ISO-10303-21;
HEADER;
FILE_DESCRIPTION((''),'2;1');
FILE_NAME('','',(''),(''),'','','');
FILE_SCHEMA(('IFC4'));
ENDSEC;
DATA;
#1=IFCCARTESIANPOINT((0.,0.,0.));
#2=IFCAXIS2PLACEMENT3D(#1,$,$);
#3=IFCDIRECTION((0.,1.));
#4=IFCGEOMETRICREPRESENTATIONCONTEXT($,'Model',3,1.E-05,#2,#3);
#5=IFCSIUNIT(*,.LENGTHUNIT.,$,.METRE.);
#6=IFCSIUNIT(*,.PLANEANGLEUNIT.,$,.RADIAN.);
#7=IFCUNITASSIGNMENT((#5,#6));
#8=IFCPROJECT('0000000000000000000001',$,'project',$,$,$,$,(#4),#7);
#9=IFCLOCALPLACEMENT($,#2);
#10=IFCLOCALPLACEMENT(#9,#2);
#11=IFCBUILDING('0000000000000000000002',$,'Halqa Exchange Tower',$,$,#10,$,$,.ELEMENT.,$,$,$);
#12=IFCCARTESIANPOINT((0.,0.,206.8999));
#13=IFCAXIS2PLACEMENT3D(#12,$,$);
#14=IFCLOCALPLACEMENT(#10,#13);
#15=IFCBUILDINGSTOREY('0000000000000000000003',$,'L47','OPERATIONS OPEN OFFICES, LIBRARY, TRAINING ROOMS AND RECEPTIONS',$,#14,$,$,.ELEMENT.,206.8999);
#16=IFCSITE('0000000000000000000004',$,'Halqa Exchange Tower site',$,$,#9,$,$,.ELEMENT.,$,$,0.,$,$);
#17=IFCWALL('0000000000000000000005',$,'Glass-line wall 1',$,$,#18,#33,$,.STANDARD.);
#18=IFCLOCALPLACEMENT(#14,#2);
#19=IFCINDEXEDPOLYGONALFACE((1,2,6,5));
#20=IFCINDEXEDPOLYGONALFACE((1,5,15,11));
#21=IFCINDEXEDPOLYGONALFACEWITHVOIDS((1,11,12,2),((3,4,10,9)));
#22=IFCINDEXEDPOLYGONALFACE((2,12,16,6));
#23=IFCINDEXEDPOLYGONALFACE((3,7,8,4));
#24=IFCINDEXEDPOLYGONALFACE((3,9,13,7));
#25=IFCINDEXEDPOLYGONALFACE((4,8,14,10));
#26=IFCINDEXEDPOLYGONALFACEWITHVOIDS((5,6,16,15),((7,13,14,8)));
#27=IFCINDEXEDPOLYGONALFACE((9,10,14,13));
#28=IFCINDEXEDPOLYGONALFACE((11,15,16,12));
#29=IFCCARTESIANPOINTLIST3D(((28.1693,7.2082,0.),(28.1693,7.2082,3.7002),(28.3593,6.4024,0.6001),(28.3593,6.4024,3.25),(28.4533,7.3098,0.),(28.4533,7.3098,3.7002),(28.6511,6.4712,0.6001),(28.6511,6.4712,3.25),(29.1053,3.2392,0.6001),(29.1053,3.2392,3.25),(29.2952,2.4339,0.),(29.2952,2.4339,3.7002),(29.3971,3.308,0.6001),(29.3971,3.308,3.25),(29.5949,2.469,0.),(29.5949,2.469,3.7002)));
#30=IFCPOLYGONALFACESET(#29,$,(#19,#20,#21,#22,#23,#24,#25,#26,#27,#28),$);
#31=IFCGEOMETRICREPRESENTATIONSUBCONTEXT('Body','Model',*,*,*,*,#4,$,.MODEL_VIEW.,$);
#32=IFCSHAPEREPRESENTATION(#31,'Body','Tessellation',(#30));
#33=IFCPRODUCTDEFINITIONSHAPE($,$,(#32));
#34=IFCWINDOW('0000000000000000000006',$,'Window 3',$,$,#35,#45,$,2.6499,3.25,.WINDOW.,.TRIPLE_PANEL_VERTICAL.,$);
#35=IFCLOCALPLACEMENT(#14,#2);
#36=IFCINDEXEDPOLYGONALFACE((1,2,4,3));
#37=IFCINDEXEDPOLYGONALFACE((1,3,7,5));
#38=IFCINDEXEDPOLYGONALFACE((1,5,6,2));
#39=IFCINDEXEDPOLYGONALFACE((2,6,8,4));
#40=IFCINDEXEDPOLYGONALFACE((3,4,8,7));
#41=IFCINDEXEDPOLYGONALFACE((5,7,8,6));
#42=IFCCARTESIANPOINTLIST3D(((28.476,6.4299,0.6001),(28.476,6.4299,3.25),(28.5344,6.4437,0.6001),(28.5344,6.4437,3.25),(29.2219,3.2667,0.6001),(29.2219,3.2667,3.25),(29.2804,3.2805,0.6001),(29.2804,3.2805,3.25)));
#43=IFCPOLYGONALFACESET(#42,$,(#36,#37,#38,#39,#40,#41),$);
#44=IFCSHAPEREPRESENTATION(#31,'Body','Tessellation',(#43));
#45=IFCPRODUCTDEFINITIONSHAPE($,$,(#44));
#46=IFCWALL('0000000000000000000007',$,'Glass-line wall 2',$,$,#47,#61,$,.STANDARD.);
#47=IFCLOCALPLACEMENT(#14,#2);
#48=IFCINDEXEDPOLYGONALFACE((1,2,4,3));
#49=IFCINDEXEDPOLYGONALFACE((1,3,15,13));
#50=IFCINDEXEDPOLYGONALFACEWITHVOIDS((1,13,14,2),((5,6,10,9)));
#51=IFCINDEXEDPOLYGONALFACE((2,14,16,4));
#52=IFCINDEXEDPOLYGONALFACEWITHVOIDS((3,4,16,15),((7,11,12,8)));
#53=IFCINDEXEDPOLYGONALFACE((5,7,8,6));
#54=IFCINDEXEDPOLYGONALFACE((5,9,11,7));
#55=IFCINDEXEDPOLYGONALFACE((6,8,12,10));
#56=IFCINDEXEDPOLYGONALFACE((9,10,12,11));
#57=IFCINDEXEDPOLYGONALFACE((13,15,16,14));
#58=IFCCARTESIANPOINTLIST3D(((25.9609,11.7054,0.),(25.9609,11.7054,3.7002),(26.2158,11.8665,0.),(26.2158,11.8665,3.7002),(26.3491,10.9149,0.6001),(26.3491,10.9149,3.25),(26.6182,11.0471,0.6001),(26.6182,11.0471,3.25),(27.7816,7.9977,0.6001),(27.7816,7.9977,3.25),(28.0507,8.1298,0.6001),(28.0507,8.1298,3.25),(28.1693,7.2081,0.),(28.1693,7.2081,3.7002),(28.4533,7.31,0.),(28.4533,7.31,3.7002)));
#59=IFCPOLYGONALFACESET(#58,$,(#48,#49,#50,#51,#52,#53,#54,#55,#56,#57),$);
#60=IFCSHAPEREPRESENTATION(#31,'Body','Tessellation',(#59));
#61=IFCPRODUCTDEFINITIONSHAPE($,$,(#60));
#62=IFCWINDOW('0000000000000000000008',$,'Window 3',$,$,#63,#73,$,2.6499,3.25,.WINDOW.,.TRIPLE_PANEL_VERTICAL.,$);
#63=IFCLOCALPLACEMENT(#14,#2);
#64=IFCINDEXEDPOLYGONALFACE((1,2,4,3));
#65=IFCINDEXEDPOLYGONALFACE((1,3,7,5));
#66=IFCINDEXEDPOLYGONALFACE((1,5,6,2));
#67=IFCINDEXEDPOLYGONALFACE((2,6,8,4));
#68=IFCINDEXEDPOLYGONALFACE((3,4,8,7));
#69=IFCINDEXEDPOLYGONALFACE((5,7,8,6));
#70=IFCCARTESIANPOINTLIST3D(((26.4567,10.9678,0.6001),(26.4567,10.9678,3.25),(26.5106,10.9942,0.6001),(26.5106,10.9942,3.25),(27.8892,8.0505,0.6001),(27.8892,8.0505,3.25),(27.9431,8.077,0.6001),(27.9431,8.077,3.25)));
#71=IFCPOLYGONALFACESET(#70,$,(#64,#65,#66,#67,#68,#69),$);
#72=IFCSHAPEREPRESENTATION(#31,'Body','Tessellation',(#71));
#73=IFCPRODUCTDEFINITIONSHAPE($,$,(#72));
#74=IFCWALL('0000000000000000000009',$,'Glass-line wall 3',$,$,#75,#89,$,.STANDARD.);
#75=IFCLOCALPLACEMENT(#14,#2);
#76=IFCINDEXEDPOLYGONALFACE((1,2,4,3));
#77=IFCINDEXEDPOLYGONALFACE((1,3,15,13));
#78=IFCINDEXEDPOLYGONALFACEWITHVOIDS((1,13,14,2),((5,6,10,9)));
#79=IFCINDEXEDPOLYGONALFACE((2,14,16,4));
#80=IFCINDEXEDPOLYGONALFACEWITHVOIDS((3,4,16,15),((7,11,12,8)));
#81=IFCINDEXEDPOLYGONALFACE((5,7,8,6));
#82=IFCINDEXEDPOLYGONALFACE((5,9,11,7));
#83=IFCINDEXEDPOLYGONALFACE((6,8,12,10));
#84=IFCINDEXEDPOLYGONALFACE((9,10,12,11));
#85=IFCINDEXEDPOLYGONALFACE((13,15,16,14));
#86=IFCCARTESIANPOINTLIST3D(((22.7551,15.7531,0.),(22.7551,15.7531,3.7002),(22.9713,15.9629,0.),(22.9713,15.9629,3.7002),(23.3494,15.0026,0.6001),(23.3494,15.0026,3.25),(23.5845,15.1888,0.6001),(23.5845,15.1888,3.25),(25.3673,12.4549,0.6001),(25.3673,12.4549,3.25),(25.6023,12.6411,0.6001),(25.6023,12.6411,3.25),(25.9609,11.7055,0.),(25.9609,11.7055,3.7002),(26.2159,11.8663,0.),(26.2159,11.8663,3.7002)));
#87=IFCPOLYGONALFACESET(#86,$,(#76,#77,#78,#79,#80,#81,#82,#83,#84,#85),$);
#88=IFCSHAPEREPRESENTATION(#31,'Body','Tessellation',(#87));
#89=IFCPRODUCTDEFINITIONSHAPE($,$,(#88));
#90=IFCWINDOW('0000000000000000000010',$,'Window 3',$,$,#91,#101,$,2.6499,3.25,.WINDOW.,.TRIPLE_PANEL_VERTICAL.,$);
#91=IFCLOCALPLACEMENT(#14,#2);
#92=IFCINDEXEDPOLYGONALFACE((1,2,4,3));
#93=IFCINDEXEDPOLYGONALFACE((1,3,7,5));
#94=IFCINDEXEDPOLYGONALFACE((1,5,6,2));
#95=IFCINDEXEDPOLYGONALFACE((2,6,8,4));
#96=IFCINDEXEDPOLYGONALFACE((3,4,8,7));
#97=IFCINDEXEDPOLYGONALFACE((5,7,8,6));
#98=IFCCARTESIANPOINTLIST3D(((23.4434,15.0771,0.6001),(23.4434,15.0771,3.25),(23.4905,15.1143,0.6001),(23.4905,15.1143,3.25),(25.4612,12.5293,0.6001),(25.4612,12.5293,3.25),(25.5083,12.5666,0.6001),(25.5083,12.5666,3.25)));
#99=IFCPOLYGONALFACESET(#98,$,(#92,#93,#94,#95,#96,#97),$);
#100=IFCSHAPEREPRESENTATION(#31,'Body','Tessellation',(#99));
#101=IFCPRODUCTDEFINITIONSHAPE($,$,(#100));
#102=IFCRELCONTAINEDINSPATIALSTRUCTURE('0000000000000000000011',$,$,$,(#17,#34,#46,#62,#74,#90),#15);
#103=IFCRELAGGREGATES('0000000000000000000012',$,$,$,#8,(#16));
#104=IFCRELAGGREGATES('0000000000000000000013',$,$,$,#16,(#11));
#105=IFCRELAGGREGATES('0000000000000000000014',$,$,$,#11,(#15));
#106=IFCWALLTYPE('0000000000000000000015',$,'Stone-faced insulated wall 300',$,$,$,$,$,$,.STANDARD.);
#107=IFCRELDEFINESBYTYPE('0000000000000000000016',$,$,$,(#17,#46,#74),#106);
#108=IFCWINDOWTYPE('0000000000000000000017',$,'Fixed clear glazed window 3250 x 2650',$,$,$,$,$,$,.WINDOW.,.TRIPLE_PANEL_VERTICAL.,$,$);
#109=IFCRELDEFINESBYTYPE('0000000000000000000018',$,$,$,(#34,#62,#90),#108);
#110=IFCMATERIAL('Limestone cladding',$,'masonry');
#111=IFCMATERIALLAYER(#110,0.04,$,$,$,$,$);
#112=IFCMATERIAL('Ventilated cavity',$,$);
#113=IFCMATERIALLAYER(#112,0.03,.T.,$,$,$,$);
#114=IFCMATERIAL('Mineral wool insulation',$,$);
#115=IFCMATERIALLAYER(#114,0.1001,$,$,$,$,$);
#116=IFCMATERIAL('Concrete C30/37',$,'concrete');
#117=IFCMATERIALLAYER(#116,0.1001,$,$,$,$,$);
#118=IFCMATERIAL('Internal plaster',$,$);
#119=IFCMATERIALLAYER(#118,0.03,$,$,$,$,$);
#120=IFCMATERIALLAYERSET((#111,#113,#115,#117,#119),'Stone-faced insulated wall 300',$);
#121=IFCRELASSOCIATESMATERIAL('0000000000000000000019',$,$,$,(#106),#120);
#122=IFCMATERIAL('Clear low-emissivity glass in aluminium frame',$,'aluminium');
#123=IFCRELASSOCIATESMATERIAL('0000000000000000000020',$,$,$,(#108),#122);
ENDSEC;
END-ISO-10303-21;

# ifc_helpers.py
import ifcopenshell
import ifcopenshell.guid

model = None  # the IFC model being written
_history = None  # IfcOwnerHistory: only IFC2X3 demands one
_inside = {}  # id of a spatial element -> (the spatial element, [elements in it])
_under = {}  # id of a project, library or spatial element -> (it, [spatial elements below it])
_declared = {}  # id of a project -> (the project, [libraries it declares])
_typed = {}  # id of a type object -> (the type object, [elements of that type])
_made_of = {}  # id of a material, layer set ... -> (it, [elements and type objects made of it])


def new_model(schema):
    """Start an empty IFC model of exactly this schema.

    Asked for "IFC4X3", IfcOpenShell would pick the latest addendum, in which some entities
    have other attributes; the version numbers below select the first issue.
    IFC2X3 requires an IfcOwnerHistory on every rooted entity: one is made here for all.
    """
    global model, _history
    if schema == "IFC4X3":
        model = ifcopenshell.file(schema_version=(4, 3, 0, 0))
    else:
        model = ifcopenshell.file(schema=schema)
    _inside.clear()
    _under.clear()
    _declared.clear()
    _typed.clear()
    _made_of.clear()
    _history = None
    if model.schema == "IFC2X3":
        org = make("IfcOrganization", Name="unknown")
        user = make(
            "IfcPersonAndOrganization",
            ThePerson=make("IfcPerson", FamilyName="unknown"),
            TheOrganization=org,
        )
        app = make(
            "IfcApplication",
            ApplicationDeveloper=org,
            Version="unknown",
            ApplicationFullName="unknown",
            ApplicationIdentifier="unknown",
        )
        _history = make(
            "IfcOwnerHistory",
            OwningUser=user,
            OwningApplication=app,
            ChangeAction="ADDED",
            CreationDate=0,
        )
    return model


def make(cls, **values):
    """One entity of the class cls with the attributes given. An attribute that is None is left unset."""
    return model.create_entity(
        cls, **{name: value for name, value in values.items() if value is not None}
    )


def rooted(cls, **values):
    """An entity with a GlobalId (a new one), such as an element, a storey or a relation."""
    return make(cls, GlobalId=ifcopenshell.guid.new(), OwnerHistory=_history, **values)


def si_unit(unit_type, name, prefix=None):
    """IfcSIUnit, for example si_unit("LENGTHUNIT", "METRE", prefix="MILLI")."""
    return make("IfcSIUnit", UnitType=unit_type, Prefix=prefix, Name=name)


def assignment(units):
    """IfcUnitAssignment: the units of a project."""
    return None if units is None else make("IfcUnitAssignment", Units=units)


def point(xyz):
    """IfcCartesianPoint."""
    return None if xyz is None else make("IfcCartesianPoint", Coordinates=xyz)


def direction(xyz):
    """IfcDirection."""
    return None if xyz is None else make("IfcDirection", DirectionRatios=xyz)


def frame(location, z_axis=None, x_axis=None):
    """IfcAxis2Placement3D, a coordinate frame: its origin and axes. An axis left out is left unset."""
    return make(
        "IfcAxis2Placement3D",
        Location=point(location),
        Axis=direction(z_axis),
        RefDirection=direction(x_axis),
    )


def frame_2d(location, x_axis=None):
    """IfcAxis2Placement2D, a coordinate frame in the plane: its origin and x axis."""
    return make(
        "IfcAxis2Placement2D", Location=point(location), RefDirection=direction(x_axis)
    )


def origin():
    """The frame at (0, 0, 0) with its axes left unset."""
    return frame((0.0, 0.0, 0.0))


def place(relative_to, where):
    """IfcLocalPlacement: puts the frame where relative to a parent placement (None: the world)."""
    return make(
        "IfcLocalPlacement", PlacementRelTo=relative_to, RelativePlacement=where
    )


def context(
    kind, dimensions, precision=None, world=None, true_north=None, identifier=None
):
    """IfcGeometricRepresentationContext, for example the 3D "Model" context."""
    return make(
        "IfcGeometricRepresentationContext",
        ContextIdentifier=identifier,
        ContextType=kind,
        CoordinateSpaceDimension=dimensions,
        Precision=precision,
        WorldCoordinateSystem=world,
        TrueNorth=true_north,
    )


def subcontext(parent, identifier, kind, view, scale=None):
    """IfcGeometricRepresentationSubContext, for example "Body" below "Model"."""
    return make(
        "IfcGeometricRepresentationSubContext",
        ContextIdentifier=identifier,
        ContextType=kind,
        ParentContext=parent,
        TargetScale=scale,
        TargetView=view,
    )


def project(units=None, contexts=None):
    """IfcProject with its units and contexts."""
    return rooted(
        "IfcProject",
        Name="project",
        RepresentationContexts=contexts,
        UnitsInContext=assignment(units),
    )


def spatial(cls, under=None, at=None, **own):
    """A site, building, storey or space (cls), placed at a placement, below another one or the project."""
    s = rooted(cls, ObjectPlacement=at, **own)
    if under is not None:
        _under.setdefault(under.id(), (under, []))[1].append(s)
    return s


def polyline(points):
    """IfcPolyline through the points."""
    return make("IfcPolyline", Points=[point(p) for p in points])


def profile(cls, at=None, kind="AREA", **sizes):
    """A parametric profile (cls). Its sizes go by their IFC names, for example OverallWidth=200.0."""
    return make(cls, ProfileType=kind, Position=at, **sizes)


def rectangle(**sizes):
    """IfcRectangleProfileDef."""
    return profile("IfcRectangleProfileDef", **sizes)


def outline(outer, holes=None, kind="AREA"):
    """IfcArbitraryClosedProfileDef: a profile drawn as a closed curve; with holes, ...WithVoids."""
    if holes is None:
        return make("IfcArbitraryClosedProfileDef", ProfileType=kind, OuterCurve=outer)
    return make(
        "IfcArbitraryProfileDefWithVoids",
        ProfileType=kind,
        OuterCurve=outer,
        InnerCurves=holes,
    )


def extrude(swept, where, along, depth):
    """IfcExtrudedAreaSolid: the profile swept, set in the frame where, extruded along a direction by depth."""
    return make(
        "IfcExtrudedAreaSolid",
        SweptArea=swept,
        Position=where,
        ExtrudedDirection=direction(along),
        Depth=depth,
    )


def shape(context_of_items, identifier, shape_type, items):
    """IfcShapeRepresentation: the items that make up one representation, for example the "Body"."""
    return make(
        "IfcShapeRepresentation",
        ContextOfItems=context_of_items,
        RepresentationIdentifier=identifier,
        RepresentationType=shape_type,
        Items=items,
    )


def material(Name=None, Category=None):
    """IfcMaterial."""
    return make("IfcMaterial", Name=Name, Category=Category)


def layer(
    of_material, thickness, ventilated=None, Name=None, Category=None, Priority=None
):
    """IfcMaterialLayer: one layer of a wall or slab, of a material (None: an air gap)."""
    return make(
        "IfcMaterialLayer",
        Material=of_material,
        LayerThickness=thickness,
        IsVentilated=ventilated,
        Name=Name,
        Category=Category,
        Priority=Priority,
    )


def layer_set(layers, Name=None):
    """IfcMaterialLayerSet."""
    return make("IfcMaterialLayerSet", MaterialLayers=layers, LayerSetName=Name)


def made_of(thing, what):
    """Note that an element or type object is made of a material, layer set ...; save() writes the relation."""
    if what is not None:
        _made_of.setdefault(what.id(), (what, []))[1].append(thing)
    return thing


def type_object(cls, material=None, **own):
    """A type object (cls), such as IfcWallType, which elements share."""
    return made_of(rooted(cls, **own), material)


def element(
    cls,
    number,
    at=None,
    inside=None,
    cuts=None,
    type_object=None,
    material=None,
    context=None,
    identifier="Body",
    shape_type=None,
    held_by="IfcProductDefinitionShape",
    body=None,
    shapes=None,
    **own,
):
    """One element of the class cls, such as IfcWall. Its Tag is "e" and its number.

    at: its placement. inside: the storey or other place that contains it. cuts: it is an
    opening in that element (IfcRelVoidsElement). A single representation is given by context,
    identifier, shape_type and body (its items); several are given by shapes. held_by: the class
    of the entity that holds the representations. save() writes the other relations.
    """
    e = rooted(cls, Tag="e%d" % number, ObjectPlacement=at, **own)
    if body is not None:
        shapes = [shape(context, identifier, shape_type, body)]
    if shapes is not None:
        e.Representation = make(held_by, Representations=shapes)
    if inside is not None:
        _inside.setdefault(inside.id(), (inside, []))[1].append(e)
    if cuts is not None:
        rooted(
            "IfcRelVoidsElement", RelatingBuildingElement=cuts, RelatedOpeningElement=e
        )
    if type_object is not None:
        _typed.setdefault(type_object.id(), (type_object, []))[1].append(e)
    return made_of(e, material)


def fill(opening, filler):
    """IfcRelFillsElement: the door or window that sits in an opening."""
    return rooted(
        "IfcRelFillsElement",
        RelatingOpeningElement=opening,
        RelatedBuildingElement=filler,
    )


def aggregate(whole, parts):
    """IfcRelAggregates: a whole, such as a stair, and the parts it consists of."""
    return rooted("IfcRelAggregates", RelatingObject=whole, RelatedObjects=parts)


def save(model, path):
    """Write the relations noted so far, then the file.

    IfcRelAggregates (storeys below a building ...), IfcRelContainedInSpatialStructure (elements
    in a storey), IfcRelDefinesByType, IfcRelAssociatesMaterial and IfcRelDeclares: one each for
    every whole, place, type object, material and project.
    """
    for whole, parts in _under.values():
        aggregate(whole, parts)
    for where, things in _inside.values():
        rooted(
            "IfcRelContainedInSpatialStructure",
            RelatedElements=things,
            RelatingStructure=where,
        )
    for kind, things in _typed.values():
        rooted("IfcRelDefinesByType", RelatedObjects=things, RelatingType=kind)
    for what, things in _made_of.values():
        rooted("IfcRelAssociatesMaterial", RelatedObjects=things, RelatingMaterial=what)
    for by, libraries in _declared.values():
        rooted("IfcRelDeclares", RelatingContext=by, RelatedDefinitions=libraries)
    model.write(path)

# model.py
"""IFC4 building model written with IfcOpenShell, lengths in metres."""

from ifc_helpers import new_model, si_unit, direction, frame, frame_2d, origin, place, context, subcontext, project, spatial, polyline, rectangle, outline, extrude, material, layer, layer_set, type_object, element, fill, save


model = new_model("IFC4")

# Units and contexts
model_context = context("Model", 3, precision=1e-05, world=origin(), true_north=direction((0.0, 1.0)))
body_context = subcontext(model_context, "Body", "Model", "MODEL_VIEW")
ifc_project = project(units=[si_unit("LENGTHUNIT", "METRE"), si_unit("PLANEANGLEUNIT", "RADIAN")], contexts=[model_context])

# Site, building, storey
site_placement = place(None, origin())
site = spatial("IfcSite", under=ifc_project, at=site_placement, Name="Halqa Exchange Tower site", CompositionType="ELEMENT", RefElevation=0.0)
building_placement = place(site_placement, origin())
building = spatial("IfcBuilding", under=site, at=building_placement, Name="Halqa Exchange Tower", CompositionType="ELEMENT")
storey_placement = place(building_placement, frame((0.0, 0.0, 206.8999)))
storey = spatial("IfcBuildingStorey", under=building, at=storey_placement, Name="L47", Description="OPERATIONS OPEN OFFICES, LIBRARY, TRAINING ROOMS AND RECEPTIONS", CompositionType="ELEMENT", Elevation=206.8999)

# Walls, openings, windows
ifc_material_1 = material(Name="Limestone cladding", Category="masonry")
ifc_layer_1 = layer(ifc_material_1, 0.04)
ifc_material_2 = material(Name="Ventilated cavity")
ifc_layer_2 = layer(ifc_material_2, 0.03, ventilated=True)
ifc_material_3 = material(Name="Mineral wool insulation")
ifc_layer_3 = layer(ifc_material_3, 0.1001)
ifc_material_4 = material(Name="Concrete C30/37", Category="concrete")
ifc_layer_4 = layer(ifc_material_4, 0.1001)
ifc_material_5 = material(Name="Internal plaster")
ifc_layer_5 = layer(ifc_material_5, 0.03)
ifc_layer_set_1 = layer_set([ifc_layer_1, ifc_layer_2, ifc_layer_3, ifc_layer_4, ifc_layer_5], Name="Stone-faced insulated wall 300")
wall_type_1 = type_object("IfcWallType", Name="Stone-faced insulated wall 300", PredefinedType="STANDARD", material=ifc_layer_set_1)
wall_1_placement = place(storey_placement, frame((29.4451, 2.4514, 0.0), z_axis=(0.0, 0.0, 1.0), x_axis=(-0.229535, 0.9733, 0.0)))
wall_1 = element("IfcWall", 1, at=wall_1_placement, inside=storey, type_object=wall_type_1, Name="Glass-line wall 1", PredefinedType="STANDARD", context=body_context, shape_type="SweptSolid", body=[
    extrude(outline(polyline([(-0.0173, -0.1499), (4.9563, -0.1499), (4.9226, 0.1499), (0.0173, 0.1499), (-0.0173, -0.1499)])), origin(), (0.0, 0.0, 1.0), 3.7002),
])
opening_1_placement = place(wall_1_placement, frame((0.8447, 0.0, 0.6001)))
opening_1 = element("IfcOpeningElement", 2, at=opening_1_placement, cuts=wall_1, PredefinedType="OPENING", context=body_context, shape_type="SweptSolid", body=[
    extrude(rectangle(XDim=3.25, YDim=2.6499, at=frame_2d((1.625, 1.325))), frame((0.0, 0.1621, 0.0), z_axis=(0.0, -1.0, 0.0), x_axis=(1.0, 0.0, 0.0)), (0.0, 0.0, 1.0), 0.324),
])
ifc_material_6 = material(Name="Clear low-emissivity glass in aluminium frame", Category="aluminium")
window_type = type_object("IfcWindowType", Name="Fixed clear glazed window 3250 x 2650", PartitioningType="TRIPLE_PANEL_VERTICAL", PredefinedType="WINDOW", material=ifc_material_6)
window_1_placement = place(opening_1_placement, origin())
window_1 = element("IfcWindow", 3, at=window_1_placement, inside=storey, type_object=window_type, Name="Window 3", OverallHeight=2.6499, OverallWidth=3.25, PartitioningType="TRIPLE_PANEL_VERTICAL", PredefinedType="WINDOW", context=body_context, shape_type="SweptSolid", body=[
    extrude(rectangle(XDim=3.25, YDim=2.6499, at=frame_2d((1.625, 1.325))), frame((0.0, 0.03, 0.0), z_axis=(0.0, -1.0, 0.0), x_axis=(1.0, 0.0, 0.0)), (0.0, 0.0, 1.0), 0.0601),
])
fill(opening_1, window_1)
wall_2_placement = place(storey_placement, frame((28.3113, 7.259, 0.0), z_axis=(0.0, 0.0, 1.0), x_axis=(-0.440773, 0.897619, 0.0)))
wall_2 = element("IfcWall", 4, at=wall_2_placement, inside=storey, type_object=wall_type_1, Name="Glass-line wall 2", PredefinedType="STANDARD", context=body_context, shape_type="SweptSolid", body=[
    extrude(outline(polyline([(-0.0168, -0.1499), (5.0593, -0.1499), (5.0271, 0.1499), (0.0168, 0.1499), (-0.0168, -0.1499)])), origin(), (0.0, 0.0, 1.0), 3.7002),
])
opening_2_placement = place(wall_2_placement, frame((0.8965, 0.0, 0.6001)))
opening_2 = element("IfcOpeningElement", 5, at=opening_2_placement, cuts=wall_2, PredefinedType="OPENING", context=body_context, shape_type="SweptSolid", body=[
    extrude(rectangle(XDim=3.25, YDim=2.6499, at=frame_2d((1.625, 1.325))), frame((0.0, 0.1621, 0.0), z_axis=(0.0, -1.0, 0.0), x_axis=(1.0, 0.0, 0.0)), (0.0, 0.0, 1.0), 0.324),
])
window_2_placement = place(opening_2_placement, origin())
window_2 = element("IfcWindow", 6, at=window_2_placement, inside=storey, type_object=window_type, Name="Window 3", OverallHeight=2.6499, OverallWidth=3.25, PartitioningType="TRIPLE_PANEL_VERTICAL", PredefinedType="WINDOW", context=body_context, shape_type="SweptSolid", body=[
    extrude(rectangle(XDim=3.25, YDim=2.6499, at=frame_2d((1.625, 1.325))), frame((0.0, 0.03, 0.0), z_axis=(0.0, -1.0, 0.0), x_axis=(1.0, 0.0, 0.0)), (0.0, 0.0, 1.0), 0.0601),
])
fill(opening_2, window_2)
wall_3_placement = place(storey_placement, frame((26.0884, 11.7859, 0.0), z_axis=(0.0, 0.0, 1.0), x_axis=(-0.62087, 0.783913, 0.0)))
wall_3 = element("IfcWall", 7, at=wall_3_placement, inside=storey, type_object=wall_type_1, Name="Glass-line wall 3", PredefinedType="STANDARD", context=body_context, shape_type="SweptSolid", body=[
    extrude(outline(polyline([(-0.0161, -0.1499), (5.2097, -0.1499), (5.1794, 0.1499), (0.0161, 0.1499), (-0.0161, -0.1499)])), origin(), (0.0, 0.0, 1.0), 3.7002),
])
opening_3_placement = place(wall_3_placement, frame((0.9722, 0.0, 0.6001)))
opening_3 = element("IfcOpeningElement", 8, at=opening_3_placement, cuts=wall_3, PredefinedType="OPENING", context=body_context, shape_type="SweptSolid", body=[
    extrude(rectangle(XDim=3.25, YDim=2.6499, at=frame_2d((1.625, 1.325))), frame((0.0, 0.1621, 0.0), z_axis=(0.0, -1.0, 0.0), x_axis=(1.0, 0.0, 0.0)), (0.0, 0.0, 1.0), 0.324),
])
window_3_placement = place(opening_3_placement, origin())
window_3 = element("IfcWindow", 9, at=window_3_placement, inside=storey, type_object=window_type, Name="Window 3", OverallHeight=2.6499, OverallWidth=3.25, PartitioningType="TRIPLE_PANEL_VERTICAL", PredefinedType="WINDOW", context=body_context, shape_type="SweptSolid", body=[
    extrude(rectangle(XDim=3.25, YDim=2.6499, at=frame_2d((1.625, 1.325))), frame((0.0, 0.03, 0.0), z_axis=(0.0, -1.0, 0.0), x_axis=(1.0, 0.0, 0.0)), (0.0, 0.0, 1.0), 0.0601),
])
fill(opening_3, window_3)

save(model, "model.ifc")
